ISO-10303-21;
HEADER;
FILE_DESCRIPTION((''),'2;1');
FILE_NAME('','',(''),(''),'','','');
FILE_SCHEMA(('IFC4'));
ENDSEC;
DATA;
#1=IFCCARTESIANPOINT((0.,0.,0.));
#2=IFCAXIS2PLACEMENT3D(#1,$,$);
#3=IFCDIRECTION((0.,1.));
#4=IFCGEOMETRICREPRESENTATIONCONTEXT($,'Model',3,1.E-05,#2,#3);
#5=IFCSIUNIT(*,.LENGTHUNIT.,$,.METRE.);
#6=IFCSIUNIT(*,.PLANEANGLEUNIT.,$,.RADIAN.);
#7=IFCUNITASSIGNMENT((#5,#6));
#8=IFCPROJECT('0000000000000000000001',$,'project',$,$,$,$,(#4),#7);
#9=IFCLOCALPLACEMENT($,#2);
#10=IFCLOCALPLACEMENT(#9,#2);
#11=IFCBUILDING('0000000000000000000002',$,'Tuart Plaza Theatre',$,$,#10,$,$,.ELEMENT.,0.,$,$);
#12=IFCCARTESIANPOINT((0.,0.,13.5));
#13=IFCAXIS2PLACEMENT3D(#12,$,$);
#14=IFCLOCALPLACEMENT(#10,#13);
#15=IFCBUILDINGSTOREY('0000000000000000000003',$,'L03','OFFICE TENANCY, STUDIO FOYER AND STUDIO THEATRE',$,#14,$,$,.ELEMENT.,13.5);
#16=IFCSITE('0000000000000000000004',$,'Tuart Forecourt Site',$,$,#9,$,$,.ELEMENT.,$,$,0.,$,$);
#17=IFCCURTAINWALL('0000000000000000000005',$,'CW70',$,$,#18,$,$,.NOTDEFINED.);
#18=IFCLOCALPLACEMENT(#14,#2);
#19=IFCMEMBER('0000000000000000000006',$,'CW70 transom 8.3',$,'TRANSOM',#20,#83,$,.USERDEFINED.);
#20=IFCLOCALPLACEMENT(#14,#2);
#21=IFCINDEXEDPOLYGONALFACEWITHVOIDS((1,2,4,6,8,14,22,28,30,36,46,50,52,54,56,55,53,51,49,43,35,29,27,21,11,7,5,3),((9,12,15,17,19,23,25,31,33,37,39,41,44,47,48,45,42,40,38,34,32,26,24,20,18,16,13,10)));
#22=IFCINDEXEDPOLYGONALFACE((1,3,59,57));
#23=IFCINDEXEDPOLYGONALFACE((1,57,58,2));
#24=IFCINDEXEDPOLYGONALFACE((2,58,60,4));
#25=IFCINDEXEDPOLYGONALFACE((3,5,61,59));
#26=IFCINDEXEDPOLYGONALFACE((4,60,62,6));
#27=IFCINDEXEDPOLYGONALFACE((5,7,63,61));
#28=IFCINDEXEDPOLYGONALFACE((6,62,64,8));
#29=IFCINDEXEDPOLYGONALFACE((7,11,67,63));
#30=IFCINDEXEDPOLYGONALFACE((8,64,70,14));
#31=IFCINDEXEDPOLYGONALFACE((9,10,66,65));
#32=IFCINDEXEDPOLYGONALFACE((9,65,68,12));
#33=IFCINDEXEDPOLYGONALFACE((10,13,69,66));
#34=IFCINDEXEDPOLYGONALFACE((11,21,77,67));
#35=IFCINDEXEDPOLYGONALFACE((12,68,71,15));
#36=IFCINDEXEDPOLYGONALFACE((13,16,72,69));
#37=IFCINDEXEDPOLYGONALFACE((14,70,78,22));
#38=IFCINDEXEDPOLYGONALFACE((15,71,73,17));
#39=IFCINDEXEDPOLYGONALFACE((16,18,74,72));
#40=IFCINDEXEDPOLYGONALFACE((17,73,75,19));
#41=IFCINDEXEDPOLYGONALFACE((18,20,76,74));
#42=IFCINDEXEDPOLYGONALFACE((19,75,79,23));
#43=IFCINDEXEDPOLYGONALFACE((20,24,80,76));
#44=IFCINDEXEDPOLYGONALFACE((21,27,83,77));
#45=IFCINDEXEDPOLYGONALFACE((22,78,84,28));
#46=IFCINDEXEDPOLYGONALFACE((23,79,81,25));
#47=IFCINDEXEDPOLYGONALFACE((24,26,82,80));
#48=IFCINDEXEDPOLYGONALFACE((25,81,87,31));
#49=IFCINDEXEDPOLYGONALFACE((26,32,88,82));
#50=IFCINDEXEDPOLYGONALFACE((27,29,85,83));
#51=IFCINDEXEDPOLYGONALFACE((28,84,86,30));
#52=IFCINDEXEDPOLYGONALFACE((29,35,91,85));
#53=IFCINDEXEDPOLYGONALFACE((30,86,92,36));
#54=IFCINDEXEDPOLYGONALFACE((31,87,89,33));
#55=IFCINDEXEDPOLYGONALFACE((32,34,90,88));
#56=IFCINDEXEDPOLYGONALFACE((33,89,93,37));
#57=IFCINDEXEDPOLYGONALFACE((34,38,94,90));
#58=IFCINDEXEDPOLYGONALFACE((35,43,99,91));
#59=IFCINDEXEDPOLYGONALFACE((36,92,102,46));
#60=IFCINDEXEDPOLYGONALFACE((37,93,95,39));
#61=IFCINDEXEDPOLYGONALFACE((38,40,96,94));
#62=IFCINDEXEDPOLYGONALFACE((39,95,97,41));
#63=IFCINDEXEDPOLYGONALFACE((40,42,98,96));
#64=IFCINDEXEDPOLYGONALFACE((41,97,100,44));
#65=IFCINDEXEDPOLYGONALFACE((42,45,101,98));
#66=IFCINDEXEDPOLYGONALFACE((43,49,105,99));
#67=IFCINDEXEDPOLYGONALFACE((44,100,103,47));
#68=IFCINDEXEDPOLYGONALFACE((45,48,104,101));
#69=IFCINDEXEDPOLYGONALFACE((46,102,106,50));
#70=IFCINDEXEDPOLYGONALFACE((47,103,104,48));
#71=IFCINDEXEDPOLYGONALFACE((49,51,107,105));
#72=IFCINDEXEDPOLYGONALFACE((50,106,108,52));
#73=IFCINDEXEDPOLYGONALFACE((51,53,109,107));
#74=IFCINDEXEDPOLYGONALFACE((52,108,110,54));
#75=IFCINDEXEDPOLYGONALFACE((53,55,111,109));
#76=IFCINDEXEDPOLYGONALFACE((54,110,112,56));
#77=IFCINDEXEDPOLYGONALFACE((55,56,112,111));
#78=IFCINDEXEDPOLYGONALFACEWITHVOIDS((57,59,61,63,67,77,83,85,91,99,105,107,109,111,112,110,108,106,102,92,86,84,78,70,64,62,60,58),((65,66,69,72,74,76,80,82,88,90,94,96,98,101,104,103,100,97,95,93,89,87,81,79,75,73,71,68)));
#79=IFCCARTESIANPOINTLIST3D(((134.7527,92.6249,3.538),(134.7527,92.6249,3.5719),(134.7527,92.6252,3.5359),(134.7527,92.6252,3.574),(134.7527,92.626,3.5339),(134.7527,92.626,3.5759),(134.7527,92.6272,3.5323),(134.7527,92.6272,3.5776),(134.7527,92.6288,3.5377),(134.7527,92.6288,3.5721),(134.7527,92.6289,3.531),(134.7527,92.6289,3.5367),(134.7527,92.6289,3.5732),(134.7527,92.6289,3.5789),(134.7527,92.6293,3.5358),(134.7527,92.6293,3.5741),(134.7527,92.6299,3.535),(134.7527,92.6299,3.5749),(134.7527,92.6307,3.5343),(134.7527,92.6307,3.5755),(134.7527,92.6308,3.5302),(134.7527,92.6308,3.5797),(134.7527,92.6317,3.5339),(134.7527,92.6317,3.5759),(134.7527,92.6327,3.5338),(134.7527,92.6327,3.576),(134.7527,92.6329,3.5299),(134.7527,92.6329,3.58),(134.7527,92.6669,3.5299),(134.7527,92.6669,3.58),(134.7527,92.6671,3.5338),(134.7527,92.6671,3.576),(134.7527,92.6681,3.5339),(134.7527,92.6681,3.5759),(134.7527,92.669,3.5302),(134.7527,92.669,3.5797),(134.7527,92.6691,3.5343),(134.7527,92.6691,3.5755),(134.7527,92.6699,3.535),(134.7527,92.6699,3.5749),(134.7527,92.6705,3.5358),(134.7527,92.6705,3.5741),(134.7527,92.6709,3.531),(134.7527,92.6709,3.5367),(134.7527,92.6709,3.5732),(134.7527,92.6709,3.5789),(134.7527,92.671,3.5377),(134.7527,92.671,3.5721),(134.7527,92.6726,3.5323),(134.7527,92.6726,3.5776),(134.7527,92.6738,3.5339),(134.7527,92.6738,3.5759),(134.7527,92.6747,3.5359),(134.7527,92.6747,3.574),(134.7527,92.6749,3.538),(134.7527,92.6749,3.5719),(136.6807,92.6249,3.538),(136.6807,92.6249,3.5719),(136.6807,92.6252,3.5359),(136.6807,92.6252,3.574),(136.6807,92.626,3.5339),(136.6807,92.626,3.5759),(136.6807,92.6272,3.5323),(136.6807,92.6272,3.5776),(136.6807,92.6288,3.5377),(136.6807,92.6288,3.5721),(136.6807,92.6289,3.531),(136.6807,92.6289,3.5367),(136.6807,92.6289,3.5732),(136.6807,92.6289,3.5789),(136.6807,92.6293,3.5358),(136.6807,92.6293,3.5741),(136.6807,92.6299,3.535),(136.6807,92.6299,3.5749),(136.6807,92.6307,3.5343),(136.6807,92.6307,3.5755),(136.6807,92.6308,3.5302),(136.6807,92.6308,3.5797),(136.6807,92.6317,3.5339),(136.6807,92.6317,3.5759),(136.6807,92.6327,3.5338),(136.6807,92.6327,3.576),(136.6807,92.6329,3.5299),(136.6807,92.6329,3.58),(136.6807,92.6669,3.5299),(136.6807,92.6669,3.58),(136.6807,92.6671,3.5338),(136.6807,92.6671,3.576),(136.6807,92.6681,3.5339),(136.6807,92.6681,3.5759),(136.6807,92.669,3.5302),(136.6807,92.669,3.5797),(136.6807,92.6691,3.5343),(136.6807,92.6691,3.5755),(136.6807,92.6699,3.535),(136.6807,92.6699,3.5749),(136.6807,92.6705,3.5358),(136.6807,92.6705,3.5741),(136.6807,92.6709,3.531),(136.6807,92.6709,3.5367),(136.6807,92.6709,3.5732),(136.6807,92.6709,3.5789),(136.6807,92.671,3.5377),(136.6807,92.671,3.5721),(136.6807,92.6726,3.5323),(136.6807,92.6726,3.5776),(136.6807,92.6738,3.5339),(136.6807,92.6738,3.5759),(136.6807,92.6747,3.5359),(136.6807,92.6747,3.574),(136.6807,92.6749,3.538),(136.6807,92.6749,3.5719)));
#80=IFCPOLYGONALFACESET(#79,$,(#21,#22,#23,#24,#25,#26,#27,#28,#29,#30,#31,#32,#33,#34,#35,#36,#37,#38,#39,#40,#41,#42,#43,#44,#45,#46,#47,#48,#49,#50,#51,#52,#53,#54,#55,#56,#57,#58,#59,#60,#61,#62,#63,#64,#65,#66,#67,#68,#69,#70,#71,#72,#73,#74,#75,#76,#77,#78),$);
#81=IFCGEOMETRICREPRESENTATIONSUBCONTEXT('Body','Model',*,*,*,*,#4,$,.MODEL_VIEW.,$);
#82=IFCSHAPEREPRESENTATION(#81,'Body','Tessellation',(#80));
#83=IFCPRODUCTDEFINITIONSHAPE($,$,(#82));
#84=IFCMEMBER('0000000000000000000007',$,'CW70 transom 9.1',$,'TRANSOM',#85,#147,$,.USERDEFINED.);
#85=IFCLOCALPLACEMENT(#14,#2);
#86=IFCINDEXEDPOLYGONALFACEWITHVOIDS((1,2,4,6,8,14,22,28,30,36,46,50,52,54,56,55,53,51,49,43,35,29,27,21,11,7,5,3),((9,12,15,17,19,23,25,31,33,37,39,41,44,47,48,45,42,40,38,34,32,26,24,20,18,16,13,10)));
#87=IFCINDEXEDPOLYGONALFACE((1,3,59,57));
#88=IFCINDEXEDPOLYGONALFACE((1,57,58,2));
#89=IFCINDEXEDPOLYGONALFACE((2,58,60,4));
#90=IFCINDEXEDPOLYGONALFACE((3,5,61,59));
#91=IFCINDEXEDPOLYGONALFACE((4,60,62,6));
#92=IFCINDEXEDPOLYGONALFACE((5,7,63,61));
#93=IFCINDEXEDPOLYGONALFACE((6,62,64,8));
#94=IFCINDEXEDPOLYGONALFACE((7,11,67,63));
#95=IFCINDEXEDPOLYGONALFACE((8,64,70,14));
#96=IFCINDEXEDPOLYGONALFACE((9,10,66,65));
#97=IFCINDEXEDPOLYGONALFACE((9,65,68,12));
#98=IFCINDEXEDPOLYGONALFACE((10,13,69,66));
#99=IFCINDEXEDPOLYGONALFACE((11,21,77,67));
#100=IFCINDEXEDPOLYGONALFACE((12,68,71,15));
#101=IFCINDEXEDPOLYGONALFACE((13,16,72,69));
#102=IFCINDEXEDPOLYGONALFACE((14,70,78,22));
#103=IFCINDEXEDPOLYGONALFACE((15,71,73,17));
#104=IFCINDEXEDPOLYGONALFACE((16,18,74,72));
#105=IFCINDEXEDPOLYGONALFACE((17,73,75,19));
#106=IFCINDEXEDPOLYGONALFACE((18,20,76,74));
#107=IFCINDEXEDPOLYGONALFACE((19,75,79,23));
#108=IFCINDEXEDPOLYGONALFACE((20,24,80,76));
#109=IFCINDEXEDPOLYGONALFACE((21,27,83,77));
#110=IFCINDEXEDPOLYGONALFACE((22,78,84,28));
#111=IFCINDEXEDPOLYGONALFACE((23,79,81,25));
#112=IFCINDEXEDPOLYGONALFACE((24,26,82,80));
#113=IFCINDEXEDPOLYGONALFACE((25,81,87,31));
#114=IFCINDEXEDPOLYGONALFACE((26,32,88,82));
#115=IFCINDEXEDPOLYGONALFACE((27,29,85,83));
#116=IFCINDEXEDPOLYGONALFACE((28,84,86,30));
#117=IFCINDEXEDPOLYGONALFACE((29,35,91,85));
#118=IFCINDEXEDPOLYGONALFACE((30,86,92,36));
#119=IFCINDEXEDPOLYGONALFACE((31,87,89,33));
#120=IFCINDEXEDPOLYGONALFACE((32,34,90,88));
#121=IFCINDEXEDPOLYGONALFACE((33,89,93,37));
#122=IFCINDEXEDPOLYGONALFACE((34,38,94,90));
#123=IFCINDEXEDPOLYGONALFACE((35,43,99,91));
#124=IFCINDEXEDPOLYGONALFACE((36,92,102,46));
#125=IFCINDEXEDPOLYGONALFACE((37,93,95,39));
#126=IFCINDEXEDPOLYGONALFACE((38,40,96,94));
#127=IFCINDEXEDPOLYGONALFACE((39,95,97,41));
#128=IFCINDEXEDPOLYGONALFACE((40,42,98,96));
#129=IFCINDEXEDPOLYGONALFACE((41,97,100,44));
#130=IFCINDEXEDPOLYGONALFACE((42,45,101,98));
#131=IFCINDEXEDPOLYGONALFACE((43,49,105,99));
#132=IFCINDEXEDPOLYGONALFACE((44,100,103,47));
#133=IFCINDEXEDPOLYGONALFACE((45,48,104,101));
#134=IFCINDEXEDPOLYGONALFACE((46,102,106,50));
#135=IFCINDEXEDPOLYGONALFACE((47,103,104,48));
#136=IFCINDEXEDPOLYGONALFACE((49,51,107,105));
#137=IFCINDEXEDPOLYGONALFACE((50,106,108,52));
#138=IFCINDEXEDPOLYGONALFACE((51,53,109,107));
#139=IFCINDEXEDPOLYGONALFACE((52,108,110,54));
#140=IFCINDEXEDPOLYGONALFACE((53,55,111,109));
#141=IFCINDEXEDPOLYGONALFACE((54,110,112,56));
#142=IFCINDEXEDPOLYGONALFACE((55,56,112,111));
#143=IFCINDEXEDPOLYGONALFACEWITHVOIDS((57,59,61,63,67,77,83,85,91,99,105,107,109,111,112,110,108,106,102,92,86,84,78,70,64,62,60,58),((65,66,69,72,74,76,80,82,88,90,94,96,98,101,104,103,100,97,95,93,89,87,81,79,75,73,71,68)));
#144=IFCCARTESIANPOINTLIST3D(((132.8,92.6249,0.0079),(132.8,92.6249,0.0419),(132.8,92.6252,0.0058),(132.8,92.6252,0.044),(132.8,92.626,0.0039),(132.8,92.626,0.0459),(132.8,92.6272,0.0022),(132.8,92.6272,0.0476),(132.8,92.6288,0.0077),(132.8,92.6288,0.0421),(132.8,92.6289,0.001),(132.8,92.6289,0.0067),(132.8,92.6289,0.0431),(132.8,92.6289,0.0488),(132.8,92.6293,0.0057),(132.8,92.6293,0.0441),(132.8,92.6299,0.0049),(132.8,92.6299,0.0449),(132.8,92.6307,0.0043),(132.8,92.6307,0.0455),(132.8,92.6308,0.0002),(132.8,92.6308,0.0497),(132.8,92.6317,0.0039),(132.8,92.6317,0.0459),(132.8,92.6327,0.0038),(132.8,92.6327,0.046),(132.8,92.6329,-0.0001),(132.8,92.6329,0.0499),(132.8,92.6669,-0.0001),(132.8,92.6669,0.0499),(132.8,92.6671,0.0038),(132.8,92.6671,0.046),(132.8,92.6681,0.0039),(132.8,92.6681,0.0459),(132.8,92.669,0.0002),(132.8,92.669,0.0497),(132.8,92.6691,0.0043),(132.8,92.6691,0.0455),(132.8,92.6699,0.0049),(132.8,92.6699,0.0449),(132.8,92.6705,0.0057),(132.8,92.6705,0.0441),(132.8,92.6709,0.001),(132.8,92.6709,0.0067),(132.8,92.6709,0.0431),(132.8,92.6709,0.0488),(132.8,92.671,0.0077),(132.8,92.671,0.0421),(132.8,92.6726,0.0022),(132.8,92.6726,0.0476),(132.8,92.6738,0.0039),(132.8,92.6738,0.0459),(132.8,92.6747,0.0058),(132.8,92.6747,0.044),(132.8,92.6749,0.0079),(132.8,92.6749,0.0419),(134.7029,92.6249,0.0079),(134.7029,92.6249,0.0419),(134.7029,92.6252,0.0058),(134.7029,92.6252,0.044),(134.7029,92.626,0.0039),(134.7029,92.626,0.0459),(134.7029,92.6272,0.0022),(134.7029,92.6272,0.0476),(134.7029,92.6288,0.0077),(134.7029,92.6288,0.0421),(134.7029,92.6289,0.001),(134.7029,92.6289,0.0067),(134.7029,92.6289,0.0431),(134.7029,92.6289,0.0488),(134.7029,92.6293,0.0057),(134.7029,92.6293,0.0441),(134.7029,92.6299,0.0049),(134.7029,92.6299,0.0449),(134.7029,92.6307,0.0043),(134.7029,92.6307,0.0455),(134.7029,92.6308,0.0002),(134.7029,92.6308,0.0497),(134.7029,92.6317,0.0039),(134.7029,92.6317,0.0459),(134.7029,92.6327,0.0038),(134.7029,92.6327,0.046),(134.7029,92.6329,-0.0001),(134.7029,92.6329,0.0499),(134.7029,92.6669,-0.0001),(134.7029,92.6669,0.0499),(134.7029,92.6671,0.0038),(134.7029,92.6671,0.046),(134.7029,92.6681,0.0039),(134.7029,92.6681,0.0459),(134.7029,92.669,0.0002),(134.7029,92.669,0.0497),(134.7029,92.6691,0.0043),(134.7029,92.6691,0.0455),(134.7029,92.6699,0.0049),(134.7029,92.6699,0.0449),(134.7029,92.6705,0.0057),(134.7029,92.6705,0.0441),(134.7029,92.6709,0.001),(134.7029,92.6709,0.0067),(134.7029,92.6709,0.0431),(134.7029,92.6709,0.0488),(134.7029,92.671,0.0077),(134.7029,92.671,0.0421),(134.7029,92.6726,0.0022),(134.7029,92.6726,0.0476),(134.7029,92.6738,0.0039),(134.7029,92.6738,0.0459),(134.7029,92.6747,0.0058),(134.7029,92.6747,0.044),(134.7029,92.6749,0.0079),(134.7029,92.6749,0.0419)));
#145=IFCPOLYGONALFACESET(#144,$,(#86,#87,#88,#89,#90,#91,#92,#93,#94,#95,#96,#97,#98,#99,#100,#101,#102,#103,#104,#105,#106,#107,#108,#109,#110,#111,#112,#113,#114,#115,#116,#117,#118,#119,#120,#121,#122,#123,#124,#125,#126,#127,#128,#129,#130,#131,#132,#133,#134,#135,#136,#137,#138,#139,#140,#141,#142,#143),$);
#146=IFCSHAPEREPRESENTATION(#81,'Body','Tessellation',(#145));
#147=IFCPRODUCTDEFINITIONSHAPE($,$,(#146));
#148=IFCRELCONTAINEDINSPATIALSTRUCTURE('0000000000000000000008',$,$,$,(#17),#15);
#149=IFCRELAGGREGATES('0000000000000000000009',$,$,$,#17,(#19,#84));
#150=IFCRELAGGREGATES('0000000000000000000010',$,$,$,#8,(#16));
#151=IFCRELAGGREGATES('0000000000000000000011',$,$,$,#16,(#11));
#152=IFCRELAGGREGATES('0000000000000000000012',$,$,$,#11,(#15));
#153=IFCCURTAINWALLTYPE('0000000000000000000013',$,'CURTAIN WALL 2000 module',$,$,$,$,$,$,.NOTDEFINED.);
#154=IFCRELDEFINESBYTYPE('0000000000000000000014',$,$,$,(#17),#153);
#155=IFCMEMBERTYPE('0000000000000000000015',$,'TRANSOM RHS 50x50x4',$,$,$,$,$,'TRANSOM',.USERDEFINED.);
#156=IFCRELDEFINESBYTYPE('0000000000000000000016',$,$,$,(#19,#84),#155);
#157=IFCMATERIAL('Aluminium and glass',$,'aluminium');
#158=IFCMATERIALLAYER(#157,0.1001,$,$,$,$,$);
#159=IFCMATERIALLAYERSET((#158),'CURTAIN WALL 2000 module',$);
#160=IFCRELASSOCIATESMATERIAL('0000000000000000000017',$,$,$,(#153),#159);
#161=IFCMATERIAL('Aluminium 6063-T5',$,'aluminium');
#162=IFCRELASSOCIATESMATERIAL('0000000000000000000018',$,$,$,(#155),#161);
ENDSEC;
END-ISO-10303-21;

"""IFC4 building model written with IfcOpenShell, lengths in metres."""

from ifc_helpers import new_model, si_unit, direction, frame, origin, origin_2d, place, context, subcontext, project, spatial, hollow_rectangle, extrude, material, layer, layer_set, material_profile, profile_set, type_object, element, aggregate, save


model = new_model("IFC4")

# Units and contexts
model_context = context("Model", 3, precision=1e-05, world=origin(), true_north=direction((0.0, 1.0)))
body_context = subcontext(model_context, "Body", "Model", "MODEL_VIEW")
ifc_project = project(units=[si_unit("LENGTHUNIT", "METRE"), si_unit("PLANEANGLEUNIT", "RADIAN")], contexts=[model_context])

# Site, building, storey
site_placement = place(None, origin())
site = spatial("IfcSite", under=ifc_project, at=site_placement, Name="Tuart Forecourt Site", CompositionType="ELEMENT", RefElevation=0.0)
building_placement = place(site_placement, origin())
building = spatial("IfcBuilding", under=site, at=building_placement, Name="Tuart Plaza Theatre", CompositionType="ELEMENT", ElevationOfRefHeight=0.0)
storey_placement = place(building_placement, frame((0.0, 0.0, 13.5)))
storey = spatial("IfcBuildingStorey", under=building, at=storey_placement, Name="L03", Description="OFFICE TENANCY, STUDIO FOYER AND STUDIO THEATRE", CompositionType="ELEMENT", Elevation=13.5)

# Curtain wall, members
ifc_material_1 = material(Name="Aluminium and glass", Category="aluminium")
ifc_layer_1 = layer(ifc_material_1, 0.1001)
ifc_layer_set_1 = layer_set([ifc_layer_1], Name="CURTAIN WALL 2000 module")
curtain_wall_type = type_object("IfcCurtainWallType", Name="CURTAIN WALL 2000 module", PredefinedType="NOTDEFINED", material=ifc_layer_set_1)
curtain_wall_placement = place(storey_placement, origin())
curtain_wall = element("IfcCurtainWall", 1, at=curtain_wall_placement, inside=storey, type_object=curtain_wall_type, Name="CW70", PredefinedType="NOTDEFINED")
ifc_material_2 = material(Name="Aluminium 6063-T5", Category="aluminium")
ifc_material_profile_1 = material_profile(ifc_material_2, hollow_rectangle(XDim=0.05, YDim=0.05, WallThickness=0.0039, InnerFilletRadius=0.0039, OuterFilletRadius=0.0081, at=origin_2d()), Name="RHS 50x50x4")
ifc_profile_set_1 = profile_set([ifc_material_profile_1], Name="Aluminium 6063-T5")
member_type_1 = type_object("IfcMemberType", Name="TRANSOM RHS 50x50x4", ElementType="TRANSOM", PredefinedType="USERDEFINED", material=ifc_profile_set_1)
member_1_placement = place(storey_placement, frame((136.6807, 92.6499, 3.5549), z_axis=(-1.0, 0.0, 0.0), x_axis=(0.0, -1.0, 0.0)))
member_1 = element("IfcMember", 2, at=member_1_placement, type_object=member_type_1, Name="CW70 transom 8.3", ObjectType="TRANSOM", PredefinedType="USERDEFINED", context=body_context, shape_type="SweptSolid", body=[
    extrude(hollow_rectangle(XDim=0.05, YDim=0.05, WallThickness=0.0039, InnerFilletRadius=0.0039, OuterFilletRadius=0.0081, at=origin_2d()), origin(), (0.0, 0.0, 1.0), 1.928),
])
member_2_placement = place(storey_placement, frame((134.7029, 92.6499, 0.0249), z_axis=(-1.0, 0.0, 0.0), x_axis=(0.0, -1.0, 0.0)))
member_2 = element("IfcMember", 3, at=member_2_placement, type_object=member_type_1, Name="CW70 transom 9.1", ObjectType="TRANSOM", PredefinedType="USERDEFINED", context=body_context, shape_type="SweptSolid", body=[
    extrude(hollow_rectangle(XDim=0.05, YDim=0.05, WallThickness=0.0039, InnerFilletRadius=0.0039, OuterFilletRadius=0.0081, at=origin_2d()), origin(), (0.0, 0.0, 1.0), 1.9028),
])
aggregate(curtain_wall, [member_1, member_2])

save(model, "model.ifc")
